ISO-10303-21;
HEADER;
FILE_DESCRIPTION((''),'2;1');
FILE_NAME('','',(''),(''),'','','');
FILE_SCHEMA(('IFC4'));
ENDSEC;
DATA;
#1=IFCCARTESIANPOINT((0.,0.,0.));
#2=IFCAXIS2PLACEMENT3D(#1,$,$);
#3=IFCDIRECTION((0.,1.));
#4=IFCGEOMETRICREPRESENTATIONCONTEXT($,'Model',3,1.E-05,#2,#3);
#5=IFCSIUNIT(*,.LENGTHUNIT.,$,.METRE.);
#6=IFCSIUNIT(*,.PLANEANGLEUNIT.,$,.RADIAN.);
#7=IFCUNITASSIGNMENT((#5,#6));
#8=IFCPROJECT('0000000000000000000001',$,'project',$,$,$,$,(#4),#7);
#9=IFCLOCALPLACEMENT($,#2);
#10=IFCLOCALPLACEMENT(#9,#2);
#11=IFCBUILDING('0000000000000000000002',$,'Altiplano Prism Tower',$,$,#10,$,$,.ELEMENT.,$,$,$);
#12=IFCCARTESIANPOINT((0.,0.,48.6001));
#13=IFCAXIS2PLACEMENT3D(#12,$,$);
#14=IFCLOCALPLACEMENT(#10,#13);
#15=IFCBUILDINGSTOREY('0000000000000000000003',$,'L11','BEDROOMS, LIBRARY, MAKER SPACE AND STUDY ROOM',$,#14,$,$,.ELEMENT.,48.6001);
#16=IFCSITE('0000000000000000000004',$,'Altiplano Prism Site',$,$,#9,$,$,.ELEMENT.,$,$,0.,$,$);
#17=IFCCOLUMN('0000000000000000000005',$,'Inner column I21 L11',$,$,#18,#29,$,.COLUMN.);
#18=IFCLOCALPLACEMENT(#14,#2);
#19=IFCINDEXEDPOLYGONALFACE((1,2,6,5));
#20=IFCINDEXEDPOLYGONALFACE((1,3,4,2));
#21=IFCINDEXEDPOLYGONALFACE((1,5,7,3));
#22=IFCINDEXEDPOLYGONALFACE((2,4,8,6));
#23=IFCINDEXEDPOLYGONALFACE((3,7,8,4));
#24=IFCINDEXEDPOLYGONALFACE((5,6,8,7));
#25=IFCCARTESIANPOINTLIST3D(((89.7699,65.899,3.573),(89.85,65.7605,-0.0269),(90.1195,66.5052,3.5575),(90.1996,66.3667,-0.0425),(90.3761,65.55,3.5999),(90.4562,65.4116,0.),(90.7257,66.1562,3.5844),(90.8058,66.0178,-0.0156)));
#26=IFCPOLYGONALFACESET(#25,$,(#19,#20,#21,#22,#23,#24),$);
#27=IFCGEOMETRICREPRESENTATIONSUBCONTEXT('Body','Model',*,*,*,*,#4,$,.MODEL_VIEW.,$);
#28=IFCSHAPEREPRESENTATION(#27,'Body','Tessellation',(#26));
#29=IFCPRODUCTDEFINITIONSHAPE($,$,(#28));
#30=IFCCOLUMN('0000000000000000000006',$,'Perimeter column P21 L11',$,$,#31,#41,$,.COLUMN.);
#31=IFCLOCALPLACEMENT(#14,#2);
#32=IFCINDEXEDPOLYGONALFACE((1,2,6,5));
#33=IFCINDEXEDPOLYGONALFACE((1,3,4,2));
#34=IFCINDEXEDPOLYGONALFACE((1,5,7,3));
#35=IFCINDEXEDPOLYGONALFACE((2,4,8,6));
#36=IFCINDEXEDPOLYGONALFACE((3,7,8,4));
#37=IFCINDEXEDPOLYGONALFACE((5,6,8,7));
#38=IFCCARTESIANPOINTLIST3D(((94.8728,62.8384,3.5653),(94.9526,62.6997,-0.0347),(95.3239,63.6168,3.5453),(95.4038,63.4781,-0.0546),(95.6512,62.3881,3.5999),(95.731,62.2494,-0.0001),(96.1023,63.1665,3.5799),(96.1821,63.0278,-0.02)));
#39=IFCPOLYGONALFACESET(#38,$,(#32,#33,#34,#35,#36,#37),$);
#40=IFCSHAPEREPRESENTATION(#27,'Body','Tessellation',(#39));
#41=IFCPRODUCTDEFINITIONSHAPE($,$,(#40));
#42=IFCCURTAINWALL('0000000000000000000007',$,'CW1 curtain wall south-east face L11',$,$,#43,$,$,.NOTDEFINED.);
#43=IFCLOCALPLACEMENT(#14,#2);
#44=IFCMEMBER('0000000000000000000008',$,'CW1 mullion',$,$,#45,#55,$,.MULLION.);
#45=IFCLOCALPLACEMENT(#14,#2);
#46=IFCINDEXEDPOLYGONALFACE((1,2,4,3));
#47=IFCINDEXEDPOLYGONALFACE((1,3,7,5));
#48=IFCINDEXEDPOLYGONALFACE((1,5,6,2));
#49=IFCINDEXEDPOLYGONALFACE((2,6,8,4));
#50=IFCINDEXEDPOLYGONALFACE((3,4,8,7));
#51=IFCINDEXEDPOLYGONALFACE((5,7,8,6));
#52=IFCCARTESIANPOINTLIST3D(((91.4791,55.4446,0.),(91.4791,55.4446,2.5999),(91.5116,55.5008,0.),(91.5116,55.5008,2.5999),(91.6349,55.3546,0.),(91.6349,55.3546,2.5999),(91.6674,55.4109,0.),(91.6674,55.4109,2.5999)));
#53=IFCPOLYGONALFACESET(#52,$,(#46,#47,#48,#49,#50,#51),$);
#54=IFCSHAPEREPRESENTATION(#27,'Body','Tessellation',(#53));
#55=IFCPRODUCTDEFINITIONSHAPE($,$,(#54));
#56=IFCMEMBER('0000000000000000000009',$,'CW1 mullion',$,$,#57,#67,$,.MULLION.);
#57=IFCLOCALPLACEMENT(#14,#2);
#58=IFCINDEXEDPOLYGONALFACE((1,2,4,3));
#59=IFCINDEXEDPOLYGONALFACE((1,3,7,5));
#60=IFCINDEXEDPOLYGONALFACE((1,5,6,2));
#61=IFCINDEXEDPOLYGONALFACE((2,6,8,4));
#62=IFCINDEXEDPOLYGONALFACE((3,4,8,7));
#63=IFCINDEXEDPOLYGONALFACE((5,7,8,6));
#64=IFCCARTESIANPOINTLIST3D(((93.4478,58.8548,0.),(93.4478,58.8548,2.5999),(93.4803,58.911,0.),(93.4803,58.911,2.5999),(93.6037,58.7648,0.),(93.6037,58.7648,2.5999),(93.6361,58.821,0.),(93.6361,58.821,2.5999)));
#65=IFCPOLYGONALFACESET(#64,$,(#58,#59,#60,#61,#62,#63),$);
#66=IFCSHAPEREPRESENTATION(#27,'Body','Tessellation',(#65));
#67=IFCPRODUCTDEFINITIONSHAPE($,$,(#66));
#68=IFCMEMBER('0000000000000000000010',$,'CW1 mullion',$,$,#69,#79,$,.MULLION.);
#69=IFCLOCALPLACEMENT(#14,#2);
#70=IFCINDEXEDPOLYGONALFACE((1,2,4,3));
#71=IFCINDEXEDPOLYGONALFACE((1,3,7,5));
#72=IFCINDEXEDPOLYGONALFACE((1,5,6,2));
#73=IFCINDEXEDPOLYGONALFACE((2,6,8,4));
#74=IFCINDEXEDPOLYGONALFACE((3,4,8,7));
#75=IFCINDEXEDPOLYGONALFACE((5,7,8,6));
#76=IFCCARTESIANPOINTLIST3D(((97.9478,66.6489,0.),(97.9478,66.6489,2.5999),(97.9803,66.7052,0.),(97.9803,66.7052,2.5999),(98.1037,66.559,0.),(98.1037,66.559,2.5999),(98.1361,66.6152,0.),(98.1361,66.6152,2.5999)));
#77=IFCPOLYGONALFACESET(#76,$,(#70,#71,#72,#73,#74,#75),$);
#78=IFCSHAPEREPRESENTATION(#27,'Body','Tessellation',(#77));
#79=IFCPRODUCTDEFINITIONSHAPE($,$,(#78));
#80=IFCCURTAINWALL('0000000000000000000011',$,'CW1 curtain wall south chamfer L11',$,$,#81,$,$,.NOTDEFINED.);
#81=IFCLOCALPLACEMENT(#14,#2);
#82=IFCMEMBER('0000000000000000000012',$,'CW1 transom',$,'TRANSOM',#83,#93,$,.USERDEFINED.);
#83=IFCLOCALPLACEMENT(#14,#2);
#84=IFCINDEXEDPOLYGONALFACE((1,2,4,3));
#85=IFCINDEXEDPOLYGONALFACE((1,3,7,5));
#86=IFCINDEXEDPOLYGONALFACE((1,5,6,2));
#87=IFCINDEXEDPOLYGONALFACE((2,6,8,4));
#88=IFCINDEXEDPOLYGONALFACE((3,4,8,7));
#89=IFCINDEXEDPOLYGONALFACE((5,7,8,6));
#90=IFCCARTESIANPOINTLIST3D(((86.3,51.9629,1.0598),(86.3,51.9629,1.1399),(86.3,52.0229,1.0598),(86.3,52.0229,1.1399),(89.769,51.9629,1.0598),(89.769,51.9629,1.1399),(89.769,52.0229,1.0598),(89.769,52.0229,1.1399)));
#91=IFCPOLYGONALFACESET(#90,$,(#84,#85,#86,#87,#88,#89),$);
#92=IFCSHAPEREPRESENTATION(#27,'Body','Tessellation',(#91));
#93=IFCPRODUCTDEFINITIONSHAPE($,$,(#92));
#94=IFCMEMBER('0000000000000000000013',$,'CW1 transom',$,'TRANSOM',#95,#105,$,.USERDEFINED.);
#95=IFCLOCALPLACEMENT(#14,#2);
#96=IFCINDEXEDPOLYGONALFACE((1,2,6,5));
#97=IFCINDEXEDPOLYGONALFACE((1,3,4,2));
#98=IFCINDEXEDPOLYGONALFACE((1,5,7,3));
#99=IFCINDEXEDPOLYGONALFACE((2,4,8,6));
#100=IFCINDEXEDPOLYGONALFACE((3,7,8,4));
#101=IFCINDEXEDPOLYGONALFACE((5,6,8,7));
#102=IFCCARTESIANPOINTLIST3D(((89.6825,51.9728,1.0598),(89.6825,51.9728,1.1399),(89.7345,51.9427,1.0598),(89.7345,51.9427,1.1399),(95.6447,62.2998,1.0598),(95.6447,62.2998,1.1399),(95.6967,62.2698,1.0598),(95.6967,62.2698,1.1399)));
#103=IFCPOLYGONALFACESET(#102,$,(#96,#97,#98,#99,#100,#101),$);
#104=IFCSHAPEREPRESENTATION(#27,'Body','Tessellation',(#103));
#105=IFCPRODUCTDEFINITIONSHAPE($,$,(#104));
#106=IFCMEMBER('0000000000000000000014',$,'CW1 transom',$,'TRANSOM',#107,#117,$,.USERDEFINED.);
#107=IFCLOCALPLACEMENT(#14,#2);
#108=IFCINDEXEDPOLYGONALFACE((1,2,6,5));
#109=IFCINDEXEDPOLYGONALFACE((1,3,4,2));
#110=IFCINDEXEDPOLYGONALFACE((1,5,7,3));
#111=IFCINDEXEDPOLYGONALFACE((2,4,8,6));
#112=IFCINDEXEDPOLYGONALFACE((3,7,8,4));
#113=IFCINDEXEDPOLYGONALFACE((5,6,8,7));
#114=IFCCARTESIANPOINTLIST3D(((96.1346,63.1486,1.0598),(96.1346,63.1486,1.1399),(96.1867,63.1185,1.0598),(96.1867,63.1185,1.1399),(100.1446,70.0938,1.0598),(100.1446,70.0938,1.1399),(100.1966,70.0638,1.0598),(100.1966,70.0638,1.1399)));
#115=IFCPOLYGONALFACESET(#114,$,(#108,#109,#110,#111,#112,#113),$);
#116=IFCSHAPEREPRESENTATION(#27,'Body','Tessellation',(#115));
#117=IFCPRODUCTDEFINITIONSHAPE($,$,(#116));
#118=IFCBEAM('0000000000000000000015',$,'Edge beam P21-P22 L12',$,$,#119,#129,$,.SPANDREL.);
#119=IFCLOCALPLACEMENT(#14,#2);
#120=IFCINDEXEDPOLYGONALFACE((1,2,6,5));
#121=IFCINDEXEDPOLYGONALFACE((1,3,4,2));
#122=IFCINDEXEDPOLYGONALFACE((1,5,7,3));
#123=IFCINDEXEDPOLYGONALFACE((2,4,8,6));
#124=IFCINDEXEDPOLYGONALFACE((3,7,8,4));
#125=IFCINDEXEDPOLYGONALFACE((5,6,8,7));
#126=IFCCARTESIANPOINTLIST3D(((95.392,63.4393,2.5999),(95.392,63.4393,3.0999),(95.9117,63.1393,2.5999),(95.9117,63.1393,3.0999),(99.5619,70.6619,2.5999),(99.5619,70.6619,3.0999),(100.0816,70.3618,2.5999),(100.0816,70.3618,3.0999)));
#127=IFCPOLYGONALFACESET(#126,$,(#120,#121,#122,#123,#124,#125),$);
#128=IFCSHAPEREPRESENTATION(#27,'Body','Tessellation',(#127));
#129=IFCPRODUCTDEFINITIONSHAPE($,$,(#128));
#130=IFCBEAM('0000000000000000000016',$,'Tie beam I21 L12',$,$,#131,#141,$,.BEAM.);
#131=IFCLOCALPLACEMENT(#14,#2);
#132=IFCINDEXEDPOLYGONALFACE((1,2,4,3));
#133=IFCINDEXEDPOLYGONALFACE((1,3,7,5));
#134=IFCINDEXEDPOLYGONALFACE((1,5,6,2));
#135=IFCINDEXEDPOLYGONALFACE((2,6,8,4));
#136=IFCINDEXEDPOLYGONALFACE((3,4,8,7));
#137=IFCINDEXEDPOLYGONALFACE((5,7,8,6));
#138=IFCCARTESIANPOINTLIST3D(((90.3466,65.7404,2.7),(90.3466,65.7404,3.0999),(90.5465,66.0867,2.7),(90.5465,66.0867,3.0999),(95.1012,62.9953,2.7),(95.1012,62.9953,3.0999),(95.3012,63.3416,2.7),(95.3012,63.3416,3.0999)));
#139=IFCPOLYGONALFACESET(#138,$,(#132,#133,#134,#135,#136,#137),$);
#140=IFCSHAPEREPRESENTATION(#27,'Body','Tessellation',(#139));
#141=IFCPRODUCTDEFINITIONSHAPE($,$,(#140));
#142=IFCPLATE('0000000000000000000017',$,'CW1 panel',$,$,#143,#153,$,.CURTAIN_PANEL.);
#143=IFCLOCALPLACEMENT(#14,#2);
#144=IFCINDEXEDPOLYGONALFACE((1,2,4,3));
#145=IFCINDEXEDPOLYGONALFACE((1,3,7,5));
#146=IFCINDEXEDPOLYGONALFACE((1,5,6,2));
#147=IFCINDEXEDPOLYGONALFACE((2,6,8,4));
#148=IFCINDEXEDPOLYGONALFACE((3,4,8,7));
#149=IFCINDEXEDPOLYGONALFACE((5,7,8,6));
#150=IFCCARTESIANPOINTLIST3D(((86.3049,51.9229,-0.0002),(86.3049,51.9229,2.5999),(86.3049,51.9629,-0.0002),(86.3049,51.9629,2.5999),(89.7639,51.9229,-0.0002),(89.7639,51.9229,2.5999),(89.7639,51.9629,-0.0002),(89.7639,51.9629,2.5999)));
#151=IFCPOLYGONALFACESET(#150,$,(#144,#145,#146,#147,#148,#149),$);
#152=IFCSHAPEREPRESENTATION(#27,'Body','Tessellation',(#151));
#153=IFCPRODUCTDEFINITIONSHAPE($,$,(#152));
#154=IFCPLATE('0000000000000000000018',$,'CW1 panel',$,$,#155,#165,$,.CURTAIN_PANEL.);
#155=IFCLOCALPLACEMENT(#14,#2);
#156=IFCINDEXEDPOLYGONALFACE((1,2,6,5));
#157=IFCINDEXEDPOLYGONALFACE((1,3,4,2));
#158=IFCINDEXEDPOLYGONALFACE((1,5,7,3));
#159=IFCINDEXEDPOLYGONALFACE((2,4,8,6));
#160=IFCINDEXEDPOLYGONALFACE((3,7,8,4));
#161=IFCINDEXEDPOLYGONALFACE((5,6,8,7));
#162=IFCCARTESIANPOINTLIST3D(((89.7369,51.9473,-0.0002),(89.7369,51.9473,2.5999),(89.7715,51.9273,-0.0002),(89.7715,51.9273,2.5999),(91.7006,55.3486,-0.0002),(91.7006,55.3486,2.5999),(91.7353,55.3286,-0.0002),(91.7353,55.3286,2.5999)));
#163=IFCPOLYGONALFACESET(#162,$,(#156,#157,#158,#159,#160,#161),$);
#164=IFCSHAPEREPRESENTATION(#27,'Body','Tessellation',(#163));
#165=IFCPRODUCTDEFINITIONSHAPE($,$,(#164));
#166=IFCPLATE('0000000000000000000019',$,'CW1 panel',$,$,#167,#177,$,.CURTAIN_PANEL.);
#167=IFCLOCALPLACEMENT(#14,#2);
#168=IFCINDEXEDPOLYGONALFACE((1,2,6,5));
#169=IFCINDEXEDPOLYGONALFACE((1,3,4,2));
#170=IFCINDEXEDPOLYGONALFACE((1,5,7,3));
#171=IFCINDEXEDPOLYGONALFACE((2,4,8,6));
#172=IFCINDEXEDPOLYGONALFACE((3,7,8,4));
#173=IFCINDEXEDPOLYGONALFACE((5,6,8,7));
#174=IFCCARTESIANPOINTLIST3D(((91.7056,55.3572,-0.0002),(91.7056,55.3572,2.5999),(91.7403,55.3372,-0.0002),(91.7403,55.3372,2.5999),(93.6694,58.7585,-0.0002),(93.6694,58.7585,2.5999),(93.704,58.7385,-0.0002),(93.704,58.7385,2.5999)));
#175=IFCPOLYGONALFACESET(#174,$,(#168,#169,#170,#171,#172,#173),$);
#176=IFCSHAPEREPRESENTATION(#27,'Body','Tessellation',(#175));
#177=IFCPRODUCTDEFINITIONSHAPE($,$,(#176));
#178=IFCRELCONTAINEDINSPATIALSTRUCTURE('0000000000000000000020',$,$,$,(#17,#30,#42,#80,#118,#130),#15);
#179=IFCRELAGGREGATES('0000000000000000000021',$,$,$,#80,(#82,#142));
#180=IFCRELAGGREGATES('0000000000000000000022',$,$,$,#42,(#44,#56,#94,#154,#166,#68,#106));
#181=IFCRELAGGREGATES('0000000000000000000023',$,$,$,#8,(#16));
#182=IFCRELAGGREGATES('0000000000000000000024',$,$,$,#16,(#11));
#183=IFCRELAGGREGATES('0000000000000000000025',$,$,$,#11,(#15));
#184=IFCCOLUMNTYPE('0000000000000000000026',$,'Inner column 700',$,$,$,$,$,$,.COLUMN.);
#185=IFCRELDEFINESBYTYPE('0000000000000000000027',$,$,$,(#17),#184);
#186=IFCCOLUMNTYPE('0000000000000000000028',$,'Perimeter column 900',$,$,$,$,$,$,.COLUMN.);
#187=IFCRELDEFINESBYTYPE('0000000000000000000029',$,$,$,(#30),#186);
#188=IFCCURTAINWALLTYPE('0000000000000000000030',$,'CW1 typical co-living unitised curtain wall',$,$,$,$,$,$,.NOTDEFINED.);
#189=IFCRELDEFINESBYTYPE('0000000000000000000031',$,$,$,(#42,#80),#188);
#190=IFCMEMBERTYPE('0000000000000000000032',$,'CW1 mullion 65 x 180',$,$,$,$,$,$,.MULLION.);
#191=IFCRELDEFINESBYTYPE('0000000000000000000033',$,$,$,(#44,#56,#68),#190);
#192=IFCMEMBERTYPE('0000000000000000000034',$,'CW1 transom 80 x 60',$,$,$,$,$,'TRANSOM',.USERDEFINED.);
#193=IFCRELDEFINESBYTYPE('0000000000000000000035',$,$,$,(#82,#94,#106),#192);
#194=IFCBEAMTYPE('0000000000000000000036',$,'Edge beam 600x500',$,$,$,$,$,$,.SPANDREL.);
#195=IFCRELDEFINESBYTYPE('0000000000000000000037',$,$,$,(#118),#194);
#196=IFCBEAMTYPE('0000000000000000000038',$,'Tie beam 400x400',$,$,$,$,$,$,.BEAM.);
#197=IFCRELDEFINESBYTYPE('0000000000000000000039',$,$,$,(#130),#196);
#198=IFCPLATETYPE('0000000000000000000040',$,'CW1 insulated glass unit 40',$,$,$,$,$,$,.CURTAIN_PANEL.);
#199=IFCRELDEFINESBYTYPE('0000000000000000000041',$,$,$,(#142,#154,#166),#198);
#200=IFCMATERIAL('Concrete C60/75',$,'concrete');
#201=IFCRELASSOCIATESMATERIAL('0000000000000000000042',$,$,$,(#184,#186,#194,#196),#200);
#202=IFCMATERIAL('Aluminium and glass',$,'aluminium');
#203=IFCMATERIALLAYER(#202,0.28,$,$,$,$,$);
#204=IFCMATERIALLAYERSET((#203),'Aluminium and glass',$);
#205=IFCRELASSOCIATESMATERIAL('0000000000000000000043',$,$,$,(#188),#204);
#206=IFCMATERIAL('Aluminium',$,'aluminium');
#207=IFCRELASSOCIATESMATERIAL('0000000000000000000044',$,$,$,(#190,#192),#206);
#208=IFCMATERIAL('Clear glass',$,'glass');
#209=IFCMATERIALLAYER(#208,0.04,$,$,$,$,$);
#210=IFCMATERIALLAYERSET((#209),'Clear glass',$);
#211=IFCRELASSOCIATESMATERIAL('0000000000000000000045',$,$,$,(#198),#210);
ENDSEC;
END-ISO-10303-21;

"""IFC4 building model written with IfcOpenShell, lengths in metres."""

from ifc_helpers import new_model, si_unit, direction, frame, origin, origin_2d, place, context, subcontext, project, spatial, rectangle, extrude, material, layer, layer_set, material_profile, profile_set, type_object, element, aggregate, save


model = new_model("IFC4")

# Units and contexts
model_context = context("Model", 3, precision=1e-05, world=origin(), true_north=direction((0.0, 1.0)))
body_context = subcontext(model_context, "Body", "Model", "MODEL_VIEW")
ifc_project = project(units=[si_unit("LENGTHUNIT", "METRE"), si_unit("PLANEANGLEUNIT", "RADIAN")], contexts=[model_context])

# Site, building, storey
site_placement = place(None, origin())
site = spatial("IfcSite", under=ifc_project, at=site_placement, Name="Altiplano Prism Site", CompositionType="ELEMENT", RefElevation=0.0)
building_placement = place(site_placement, origin())
building = spatial("IfcBuilding", under=site, at=building_placement, Name="Altiplano Prism Tower", CompositionType="ELEMENT")
storey_placement = place(building_placement, frame((0.0, 0.0, 48.6001)))
storey = spatial("IfcBuildingStorey", under=building, at=storey_placement, Name="L11", Description="BEDROOMS, LIBRARY, MAKER SPACE AND STUDY ROOM", CompositionType="ELEMENT", Elevation=48.6001)

# Columns
ifc_material_1 = material(Name="Concrete C60/75", Category="concrete")
ifc_material_profile_1 = material_profile(ifc_material_1, rectangle(XDim=0.7, YDim=0.7, at=origin_2d()), Name="Inner column 700")
ifc_profile_set_1 = profile_set([ifc_material_profile_1], Name="Concrete C60/75")
column_type_1 = type_object("IfcColumnType", Name="Inner column 700", PredefinedType="COLUMN", material=ifc_profile_set_1)
column_1_placement = place(storey_placement, frame((90.3279, 65.8892, -0.0212), z_axis=(-0.022223, 0.038416, 0.999015), x_axis=(-0.49951, -0.866024, 0.02219)))
element("IfcColumn", 1, at=column_1_placement, inside=storey, type_object=column_type_1, Name="Inner column I21 L11", PredefinedType="COLUMN", context=body_context, shape_type="SweptSolid", body=[
    extrude(rectangle(XDim=0.7, YDim=0.7, at=origin_2d()), origin(), (0.0, 0.0, 1.0), 3.6035),
])
ifc_material_profile_2 = material_profile(ifc_material_1, rectangle(XDim=0.8999, YDim=0.8999, at=origin_2d()), Name="Perimeter column 900")
ifc_profile_set_2 = profile_set([ifc_material_profile_2], Name="Concrete C60/75")
column_type_2 = type_object("IfcColumnType", Name="Perimeter column 900", PredefinedType="COLUMN", material=ifc_profile_set_2)
column_2_placement = place(storey_placement, frame((95.5674, 62.8638, -0.0273), z_axis=(-0.022155, 0.038484, 0.999014), x_axis=(-0.501315, -0.86498, 0.022203)))
element("IfcColumn", 2, at=column_2_placement, inside=storey, type_object=column_type_2, Name="Perimeter column P21 L11", PredefinedType="COLUMN", context=body_context, shape_type="SweptSolid", body=[
    extrude(rectangle(XDim=0.8999, YDim=0.8999, at=origin_2d()), origin(), (0.0, 0.0, 1.0), 3.6035),
])

# Curtain wall, members
ifc_material_2 = material(Name="Aluminium and glass", Category="aluminium")
ifc_layer_1 = layer(ifc_material_2, 0.28)
ifc_layer_set_1 = layer_set([ifc_layer_1], Name="Aluminium and glass")
curtain_wall_type = type_object("IfcCurtainWallType", Name="CW1 typical co-living unitised curtain wall", PredefinedType="NOTDEFINED", material=ifc_layer_set_1)
curtain_wall_1_placement = place(storey_placement, origin())
curtain_wall_1 = element("IfcCurtainWall", 3, at=curtain_wall_1_placement, inside=storey, type_object=curtain_wall_type, Name="CW1 curtain wall south-east face L11", PredefinedType="NOTDEFINED")
ifc_material_3 = material(Name="Aluminium", Category="aluminium")
ifc_material_profile_3 = material_profile(ifc_material_3, rectangle(XDim=0.1799, YDim=0.0649, at=origin_2d()), Name="CW1 mullion 65 x 180")
ifc_profile_set_3 = profile_set([ifc_material_profile_3], Name="Aluminium")
member_type_1 = type_object("IfcMemberType", Name="CW1 mullion 65 x 180", PredefinedType="MULLION", material=ifc_profile_set_3)
member_1_placement = place(storey_placement, frame((91.5732, 55.4277, 0.0), z_axis=(0.0, 0.0, 1.0), x_axis=(-0.866025, 0.5, 0.0)))
member_1 = element("IfcMember", 4, at=member_1_placement, type_object=member_type_1, Name="CW1 mullion", PredefinedType="MULLION", context=body_context, shape_type="SweptSolid", body=[
    extrude(rectangle(XDim=0.1799, YDim=0.0649, at=origin_2d()), origin(), (0.0, 0.0, 1.0), 2.5999),
])
member_2_placement = place(storey_placement, frame((93.542, 58.8379, 0.0), z_axis=(0.0, 0.0, 1.0), x_axis=(-0.866025, 0.5, 0.0)))
member_2 = element("IfcMember", 5, at=member_2_placement, type_object=member_type_1, Name="CW1 mullion", PredefinedType="MULLION", context=body_context, shape_type="SweptSolid", body=[
    extrude(rectangle(XDim=0.1799, YDim=0.0649, at=origin_2d()), origin(), (0.0, 0.0, 1.0), 2.5999),
])
member_3_placement = place(storey_placement, frame((98.042, 66.6321, 0.0), z_axis=(0.0, 0.0, 1.0), x_axis=(-0.866025, 0.5, 0.0)))
member_3 = element("IfcMember", 6, at=member_3_placement, type_object=member_type_1, Name="CW1 mullion", PredefinedType="MULLION", context=body_context, shape_type="SweptSolid", body=[
    extrude(rectangle(XDim=0.1799, YDim=0.0649, at=origin_2d()), origin(), (0.0, 0.0, 1.0), 2.5999),
])

# Curtain wall, member
curtain_wall_2_placement = place(storey_placement, origin())
curtain_wall_2 = element("IfcCurtainWall", 7, at=curtain_wall_2_placement, inside=storey, type_object=curtain_wall_type, Name="CW1 curtain wall south chamfer L11", PredefinedType="NOTDEFINED")
ifc_material_profile_4 = material_profile(ifc_material_3, rectangle(XDim=0.0601, YDim=0.0801, at=origin_2d()), Name="CW1 transom 80 x 60")
ifc_profile_set_4 = profile_set([ifc_material_profile_4], Name="Aluminium")
member_type_2 = type_object("IfcMemberType", Name="CW1 transom 80 x 60", ElementType="TRANSOM", PredefinedType="USERDEFINED", material=ifc_profile_set_4)
member_4_placement = place(storey_placement, frame((86.3, 51.9929, 1.0999), z_axis=(1.0, 0.0, 0.0), x_axis=(0.0, 1.0, 0.0)))
member_4 = element("IfcMember", 8, at=member_4_placement, type_object=member_type_2, Name="CW1 transom", ObjectType="TRANSOM", PredefinedType="USERDEFINED", context=body_context, shape_type="SweptSolid", body=[
    extrude(rectangle(XDim=0.0601, YDim=0.0801, at=origin_2d()), origin(), (0.0, 0.0, 1.0), 3.469),
])

# Members
member_5_placement = place(storey_placement, frame((89.7085, 51.9578, 1.0999), z_axis=(0.499995, 0.866028, 0.0), x_axis=(-0.866028, 0.499995, 0.0)))
member_5 = element("IfcMember", 9, at=member_5_placement, type_object=member_type_2, Name="CW1 transom", ObjectType="TRANSOM", PredefinedType="USERDEFINED", context=body_context, shape_type="SweptSolid", body=[
    extrude(rectangle(XDim=0.0601, YDim=0.0801, at=origin_2d()), origin(), (0.0, 0.0, 1.0), 11.9246),
])
member_6_placement = place(storey_placement, frame((96.1606, 63.1335, 1.0999), z_axis=(0.500012, 0.866018, 0.0), x_axis=(-0.866018, 0.500012, 0.0)))
member_6 = element("IfcMember", 10, at=member_6_placement, type_object=member_type_2, Name="CW1 transom", ObjectType="TRANSOM", PredefinedType="USERDEFINED", context=body_context, shape_type="SweptSolid", body=[
    extrude(rectangle(XDim=0.0601, YDim=0.0801, at=origin_2d()), origin(), (0.0, 0.0, 1.0), 8.0198),
])

# Beams
ifc_material_profile_5 = material_profile(ifc_material_1, rectangle(XDim=0.6001, YDim=0.5, at=origin_2d()), Name="Edge beam 600x500")
ifc_profile_set_5 = profile_set([ifc_material_profile_5], Name="Concrete C60/75")
beam_type_1 = type_object("IfcBeamType", Name="Edge beam 600x500", PredefinedType="SPANDREL", material=ifc_profile_set_5)
beam_1_placement = place(storey_placement, frame((95.6519, 63.2893, 2.8499), z_axis=(0.499993, 0.86603, 0.0), x_axis=(-0.86603, 0.499993, 0.0)))
element("IfcBeam", 11, at=beam_1_placement, inside=storey, type_object=beam_type_1, Name="Edge beam P21-P22 L12", PredefinedType="SPANDREL", context=body_context, shape_type="SweptSolid", body=[
    extrude(rectangle(XDim=0.6001, YDim=0.5, at=origin_2d()), origin(), (0.0, 0.0, 1.0), 8.3398),
])
ifc_material_profile_6 = material_profile(ifc_material_1, rectangle(XDim=0.3999, YDim=0.3999, at=origin_2d()), Name="Tie beam 400x400")
ifc_profile_set_6 = profile_set([ifc_material_profile_6], Name="Concrete C60/75")
beam_type_2 = type_object("IfcBeamType", Name="Tie beam 400x400", PredefinedType="BEAM", material=ifc_profile_set_6)
beam_2_placement = place(storey_placement, frame((90.4465, 65.9136, 2.8999), z_axis=(0.866023, -0.500003, 0.0), x_axis=(0.500003, 0.866023, 0.0)))
element("IfcBeam", 12, at=beam_2_placement, inside=storey, type_object=beam_type_2, Name="Tie beam I21 L12", PredefinedType="BEAM", context=body_context, shape_type="SweptSolid", body=[
    extrude(rectangle(XDim=0.3999, YDim=0.3999, at=origin_2d()), origin(), (0.0, 0.0, 1.0), 5.4902),
])

# Plates
ifc_material_4 = material(Name="Clear glass", Category="glass")
ifc_layer_2 = layer(ifc_material_4, 0.04)
ifc_layer_set_2 = layer_set([ifc_layer_2], Name="Clear glass")
plate_type = type_object("IfcPlateType", Name="CW1 insulated glass unit 40", PredefinedType="CURTAIN_PANEL", material=ifc_layer_set_2)
plate_1_placement = place(storey_placement, frame((88.0344, 51.9429, -0.0002), z_axis=(0.0, 0.0, 1.0), x_axis=(1.0, 0.0, 0.0)))
plate_1 = element("IfcPlate", 13, at=plate_1_placement, type_object=plate_type, Name="CW1 panel", PredefinedType="CURTAIN_PANEL", context=body_context, shape_type="SweptSolid", body=[
    extrude(rectangle(XDim=3.459, YDim=0.04, at=origin_2d()), origin(), (0.0, 0.0, 1.0), 2.6001),
])
aggregate(curtain_wall_2, [member_4, plate_1])
plate_2_placement = place(storey_placement, frame((90.7361, 53.6379, -0.0002), z_axis=(0.0, 0.0, 1.0), x_axis=(0.5, 0.866025, 0.0)))
plate_2 = element("IfcPlate", 14, at=plate_2_placement, type_object=plate_type, Name="CW1 panel", PredefinedType="CURTAIN_PANEL", context=body_context, shape_type="SweptSolid", body=[
    extrude(rectangle(XDim=3.9275, YDim=0.04, at=origin_2d()), origin(), (0.0, 0.0, 1.0), 2.6001),
])
plate_3_placement = place(storey_placement, frame((92.7048, 57.0479, -0.0002), z_axis=(0.0, 0.0, 1.0), x_axis=(0.5, 0.866025, 0.0)))
plate_3 = element("IfcPlate", 15, at=plate_3_placement, type_object=plate_type, Name="CW1 panel", PredefinedType="CURTAIN_PANEL", context=body_context, shape_type="SweptSolid", body=[
    extrude(rectangle(XDim=3.9275, YDim=0.04, at=origin_2d()), origin(), (0.0, 0.0, 1.0), 2.6001),
])
aggregate(curtain_wall_1, [member_1, member_2, member_5, plate_2, plate_3, member_3, member_6])

save(model, "model.ifc")
